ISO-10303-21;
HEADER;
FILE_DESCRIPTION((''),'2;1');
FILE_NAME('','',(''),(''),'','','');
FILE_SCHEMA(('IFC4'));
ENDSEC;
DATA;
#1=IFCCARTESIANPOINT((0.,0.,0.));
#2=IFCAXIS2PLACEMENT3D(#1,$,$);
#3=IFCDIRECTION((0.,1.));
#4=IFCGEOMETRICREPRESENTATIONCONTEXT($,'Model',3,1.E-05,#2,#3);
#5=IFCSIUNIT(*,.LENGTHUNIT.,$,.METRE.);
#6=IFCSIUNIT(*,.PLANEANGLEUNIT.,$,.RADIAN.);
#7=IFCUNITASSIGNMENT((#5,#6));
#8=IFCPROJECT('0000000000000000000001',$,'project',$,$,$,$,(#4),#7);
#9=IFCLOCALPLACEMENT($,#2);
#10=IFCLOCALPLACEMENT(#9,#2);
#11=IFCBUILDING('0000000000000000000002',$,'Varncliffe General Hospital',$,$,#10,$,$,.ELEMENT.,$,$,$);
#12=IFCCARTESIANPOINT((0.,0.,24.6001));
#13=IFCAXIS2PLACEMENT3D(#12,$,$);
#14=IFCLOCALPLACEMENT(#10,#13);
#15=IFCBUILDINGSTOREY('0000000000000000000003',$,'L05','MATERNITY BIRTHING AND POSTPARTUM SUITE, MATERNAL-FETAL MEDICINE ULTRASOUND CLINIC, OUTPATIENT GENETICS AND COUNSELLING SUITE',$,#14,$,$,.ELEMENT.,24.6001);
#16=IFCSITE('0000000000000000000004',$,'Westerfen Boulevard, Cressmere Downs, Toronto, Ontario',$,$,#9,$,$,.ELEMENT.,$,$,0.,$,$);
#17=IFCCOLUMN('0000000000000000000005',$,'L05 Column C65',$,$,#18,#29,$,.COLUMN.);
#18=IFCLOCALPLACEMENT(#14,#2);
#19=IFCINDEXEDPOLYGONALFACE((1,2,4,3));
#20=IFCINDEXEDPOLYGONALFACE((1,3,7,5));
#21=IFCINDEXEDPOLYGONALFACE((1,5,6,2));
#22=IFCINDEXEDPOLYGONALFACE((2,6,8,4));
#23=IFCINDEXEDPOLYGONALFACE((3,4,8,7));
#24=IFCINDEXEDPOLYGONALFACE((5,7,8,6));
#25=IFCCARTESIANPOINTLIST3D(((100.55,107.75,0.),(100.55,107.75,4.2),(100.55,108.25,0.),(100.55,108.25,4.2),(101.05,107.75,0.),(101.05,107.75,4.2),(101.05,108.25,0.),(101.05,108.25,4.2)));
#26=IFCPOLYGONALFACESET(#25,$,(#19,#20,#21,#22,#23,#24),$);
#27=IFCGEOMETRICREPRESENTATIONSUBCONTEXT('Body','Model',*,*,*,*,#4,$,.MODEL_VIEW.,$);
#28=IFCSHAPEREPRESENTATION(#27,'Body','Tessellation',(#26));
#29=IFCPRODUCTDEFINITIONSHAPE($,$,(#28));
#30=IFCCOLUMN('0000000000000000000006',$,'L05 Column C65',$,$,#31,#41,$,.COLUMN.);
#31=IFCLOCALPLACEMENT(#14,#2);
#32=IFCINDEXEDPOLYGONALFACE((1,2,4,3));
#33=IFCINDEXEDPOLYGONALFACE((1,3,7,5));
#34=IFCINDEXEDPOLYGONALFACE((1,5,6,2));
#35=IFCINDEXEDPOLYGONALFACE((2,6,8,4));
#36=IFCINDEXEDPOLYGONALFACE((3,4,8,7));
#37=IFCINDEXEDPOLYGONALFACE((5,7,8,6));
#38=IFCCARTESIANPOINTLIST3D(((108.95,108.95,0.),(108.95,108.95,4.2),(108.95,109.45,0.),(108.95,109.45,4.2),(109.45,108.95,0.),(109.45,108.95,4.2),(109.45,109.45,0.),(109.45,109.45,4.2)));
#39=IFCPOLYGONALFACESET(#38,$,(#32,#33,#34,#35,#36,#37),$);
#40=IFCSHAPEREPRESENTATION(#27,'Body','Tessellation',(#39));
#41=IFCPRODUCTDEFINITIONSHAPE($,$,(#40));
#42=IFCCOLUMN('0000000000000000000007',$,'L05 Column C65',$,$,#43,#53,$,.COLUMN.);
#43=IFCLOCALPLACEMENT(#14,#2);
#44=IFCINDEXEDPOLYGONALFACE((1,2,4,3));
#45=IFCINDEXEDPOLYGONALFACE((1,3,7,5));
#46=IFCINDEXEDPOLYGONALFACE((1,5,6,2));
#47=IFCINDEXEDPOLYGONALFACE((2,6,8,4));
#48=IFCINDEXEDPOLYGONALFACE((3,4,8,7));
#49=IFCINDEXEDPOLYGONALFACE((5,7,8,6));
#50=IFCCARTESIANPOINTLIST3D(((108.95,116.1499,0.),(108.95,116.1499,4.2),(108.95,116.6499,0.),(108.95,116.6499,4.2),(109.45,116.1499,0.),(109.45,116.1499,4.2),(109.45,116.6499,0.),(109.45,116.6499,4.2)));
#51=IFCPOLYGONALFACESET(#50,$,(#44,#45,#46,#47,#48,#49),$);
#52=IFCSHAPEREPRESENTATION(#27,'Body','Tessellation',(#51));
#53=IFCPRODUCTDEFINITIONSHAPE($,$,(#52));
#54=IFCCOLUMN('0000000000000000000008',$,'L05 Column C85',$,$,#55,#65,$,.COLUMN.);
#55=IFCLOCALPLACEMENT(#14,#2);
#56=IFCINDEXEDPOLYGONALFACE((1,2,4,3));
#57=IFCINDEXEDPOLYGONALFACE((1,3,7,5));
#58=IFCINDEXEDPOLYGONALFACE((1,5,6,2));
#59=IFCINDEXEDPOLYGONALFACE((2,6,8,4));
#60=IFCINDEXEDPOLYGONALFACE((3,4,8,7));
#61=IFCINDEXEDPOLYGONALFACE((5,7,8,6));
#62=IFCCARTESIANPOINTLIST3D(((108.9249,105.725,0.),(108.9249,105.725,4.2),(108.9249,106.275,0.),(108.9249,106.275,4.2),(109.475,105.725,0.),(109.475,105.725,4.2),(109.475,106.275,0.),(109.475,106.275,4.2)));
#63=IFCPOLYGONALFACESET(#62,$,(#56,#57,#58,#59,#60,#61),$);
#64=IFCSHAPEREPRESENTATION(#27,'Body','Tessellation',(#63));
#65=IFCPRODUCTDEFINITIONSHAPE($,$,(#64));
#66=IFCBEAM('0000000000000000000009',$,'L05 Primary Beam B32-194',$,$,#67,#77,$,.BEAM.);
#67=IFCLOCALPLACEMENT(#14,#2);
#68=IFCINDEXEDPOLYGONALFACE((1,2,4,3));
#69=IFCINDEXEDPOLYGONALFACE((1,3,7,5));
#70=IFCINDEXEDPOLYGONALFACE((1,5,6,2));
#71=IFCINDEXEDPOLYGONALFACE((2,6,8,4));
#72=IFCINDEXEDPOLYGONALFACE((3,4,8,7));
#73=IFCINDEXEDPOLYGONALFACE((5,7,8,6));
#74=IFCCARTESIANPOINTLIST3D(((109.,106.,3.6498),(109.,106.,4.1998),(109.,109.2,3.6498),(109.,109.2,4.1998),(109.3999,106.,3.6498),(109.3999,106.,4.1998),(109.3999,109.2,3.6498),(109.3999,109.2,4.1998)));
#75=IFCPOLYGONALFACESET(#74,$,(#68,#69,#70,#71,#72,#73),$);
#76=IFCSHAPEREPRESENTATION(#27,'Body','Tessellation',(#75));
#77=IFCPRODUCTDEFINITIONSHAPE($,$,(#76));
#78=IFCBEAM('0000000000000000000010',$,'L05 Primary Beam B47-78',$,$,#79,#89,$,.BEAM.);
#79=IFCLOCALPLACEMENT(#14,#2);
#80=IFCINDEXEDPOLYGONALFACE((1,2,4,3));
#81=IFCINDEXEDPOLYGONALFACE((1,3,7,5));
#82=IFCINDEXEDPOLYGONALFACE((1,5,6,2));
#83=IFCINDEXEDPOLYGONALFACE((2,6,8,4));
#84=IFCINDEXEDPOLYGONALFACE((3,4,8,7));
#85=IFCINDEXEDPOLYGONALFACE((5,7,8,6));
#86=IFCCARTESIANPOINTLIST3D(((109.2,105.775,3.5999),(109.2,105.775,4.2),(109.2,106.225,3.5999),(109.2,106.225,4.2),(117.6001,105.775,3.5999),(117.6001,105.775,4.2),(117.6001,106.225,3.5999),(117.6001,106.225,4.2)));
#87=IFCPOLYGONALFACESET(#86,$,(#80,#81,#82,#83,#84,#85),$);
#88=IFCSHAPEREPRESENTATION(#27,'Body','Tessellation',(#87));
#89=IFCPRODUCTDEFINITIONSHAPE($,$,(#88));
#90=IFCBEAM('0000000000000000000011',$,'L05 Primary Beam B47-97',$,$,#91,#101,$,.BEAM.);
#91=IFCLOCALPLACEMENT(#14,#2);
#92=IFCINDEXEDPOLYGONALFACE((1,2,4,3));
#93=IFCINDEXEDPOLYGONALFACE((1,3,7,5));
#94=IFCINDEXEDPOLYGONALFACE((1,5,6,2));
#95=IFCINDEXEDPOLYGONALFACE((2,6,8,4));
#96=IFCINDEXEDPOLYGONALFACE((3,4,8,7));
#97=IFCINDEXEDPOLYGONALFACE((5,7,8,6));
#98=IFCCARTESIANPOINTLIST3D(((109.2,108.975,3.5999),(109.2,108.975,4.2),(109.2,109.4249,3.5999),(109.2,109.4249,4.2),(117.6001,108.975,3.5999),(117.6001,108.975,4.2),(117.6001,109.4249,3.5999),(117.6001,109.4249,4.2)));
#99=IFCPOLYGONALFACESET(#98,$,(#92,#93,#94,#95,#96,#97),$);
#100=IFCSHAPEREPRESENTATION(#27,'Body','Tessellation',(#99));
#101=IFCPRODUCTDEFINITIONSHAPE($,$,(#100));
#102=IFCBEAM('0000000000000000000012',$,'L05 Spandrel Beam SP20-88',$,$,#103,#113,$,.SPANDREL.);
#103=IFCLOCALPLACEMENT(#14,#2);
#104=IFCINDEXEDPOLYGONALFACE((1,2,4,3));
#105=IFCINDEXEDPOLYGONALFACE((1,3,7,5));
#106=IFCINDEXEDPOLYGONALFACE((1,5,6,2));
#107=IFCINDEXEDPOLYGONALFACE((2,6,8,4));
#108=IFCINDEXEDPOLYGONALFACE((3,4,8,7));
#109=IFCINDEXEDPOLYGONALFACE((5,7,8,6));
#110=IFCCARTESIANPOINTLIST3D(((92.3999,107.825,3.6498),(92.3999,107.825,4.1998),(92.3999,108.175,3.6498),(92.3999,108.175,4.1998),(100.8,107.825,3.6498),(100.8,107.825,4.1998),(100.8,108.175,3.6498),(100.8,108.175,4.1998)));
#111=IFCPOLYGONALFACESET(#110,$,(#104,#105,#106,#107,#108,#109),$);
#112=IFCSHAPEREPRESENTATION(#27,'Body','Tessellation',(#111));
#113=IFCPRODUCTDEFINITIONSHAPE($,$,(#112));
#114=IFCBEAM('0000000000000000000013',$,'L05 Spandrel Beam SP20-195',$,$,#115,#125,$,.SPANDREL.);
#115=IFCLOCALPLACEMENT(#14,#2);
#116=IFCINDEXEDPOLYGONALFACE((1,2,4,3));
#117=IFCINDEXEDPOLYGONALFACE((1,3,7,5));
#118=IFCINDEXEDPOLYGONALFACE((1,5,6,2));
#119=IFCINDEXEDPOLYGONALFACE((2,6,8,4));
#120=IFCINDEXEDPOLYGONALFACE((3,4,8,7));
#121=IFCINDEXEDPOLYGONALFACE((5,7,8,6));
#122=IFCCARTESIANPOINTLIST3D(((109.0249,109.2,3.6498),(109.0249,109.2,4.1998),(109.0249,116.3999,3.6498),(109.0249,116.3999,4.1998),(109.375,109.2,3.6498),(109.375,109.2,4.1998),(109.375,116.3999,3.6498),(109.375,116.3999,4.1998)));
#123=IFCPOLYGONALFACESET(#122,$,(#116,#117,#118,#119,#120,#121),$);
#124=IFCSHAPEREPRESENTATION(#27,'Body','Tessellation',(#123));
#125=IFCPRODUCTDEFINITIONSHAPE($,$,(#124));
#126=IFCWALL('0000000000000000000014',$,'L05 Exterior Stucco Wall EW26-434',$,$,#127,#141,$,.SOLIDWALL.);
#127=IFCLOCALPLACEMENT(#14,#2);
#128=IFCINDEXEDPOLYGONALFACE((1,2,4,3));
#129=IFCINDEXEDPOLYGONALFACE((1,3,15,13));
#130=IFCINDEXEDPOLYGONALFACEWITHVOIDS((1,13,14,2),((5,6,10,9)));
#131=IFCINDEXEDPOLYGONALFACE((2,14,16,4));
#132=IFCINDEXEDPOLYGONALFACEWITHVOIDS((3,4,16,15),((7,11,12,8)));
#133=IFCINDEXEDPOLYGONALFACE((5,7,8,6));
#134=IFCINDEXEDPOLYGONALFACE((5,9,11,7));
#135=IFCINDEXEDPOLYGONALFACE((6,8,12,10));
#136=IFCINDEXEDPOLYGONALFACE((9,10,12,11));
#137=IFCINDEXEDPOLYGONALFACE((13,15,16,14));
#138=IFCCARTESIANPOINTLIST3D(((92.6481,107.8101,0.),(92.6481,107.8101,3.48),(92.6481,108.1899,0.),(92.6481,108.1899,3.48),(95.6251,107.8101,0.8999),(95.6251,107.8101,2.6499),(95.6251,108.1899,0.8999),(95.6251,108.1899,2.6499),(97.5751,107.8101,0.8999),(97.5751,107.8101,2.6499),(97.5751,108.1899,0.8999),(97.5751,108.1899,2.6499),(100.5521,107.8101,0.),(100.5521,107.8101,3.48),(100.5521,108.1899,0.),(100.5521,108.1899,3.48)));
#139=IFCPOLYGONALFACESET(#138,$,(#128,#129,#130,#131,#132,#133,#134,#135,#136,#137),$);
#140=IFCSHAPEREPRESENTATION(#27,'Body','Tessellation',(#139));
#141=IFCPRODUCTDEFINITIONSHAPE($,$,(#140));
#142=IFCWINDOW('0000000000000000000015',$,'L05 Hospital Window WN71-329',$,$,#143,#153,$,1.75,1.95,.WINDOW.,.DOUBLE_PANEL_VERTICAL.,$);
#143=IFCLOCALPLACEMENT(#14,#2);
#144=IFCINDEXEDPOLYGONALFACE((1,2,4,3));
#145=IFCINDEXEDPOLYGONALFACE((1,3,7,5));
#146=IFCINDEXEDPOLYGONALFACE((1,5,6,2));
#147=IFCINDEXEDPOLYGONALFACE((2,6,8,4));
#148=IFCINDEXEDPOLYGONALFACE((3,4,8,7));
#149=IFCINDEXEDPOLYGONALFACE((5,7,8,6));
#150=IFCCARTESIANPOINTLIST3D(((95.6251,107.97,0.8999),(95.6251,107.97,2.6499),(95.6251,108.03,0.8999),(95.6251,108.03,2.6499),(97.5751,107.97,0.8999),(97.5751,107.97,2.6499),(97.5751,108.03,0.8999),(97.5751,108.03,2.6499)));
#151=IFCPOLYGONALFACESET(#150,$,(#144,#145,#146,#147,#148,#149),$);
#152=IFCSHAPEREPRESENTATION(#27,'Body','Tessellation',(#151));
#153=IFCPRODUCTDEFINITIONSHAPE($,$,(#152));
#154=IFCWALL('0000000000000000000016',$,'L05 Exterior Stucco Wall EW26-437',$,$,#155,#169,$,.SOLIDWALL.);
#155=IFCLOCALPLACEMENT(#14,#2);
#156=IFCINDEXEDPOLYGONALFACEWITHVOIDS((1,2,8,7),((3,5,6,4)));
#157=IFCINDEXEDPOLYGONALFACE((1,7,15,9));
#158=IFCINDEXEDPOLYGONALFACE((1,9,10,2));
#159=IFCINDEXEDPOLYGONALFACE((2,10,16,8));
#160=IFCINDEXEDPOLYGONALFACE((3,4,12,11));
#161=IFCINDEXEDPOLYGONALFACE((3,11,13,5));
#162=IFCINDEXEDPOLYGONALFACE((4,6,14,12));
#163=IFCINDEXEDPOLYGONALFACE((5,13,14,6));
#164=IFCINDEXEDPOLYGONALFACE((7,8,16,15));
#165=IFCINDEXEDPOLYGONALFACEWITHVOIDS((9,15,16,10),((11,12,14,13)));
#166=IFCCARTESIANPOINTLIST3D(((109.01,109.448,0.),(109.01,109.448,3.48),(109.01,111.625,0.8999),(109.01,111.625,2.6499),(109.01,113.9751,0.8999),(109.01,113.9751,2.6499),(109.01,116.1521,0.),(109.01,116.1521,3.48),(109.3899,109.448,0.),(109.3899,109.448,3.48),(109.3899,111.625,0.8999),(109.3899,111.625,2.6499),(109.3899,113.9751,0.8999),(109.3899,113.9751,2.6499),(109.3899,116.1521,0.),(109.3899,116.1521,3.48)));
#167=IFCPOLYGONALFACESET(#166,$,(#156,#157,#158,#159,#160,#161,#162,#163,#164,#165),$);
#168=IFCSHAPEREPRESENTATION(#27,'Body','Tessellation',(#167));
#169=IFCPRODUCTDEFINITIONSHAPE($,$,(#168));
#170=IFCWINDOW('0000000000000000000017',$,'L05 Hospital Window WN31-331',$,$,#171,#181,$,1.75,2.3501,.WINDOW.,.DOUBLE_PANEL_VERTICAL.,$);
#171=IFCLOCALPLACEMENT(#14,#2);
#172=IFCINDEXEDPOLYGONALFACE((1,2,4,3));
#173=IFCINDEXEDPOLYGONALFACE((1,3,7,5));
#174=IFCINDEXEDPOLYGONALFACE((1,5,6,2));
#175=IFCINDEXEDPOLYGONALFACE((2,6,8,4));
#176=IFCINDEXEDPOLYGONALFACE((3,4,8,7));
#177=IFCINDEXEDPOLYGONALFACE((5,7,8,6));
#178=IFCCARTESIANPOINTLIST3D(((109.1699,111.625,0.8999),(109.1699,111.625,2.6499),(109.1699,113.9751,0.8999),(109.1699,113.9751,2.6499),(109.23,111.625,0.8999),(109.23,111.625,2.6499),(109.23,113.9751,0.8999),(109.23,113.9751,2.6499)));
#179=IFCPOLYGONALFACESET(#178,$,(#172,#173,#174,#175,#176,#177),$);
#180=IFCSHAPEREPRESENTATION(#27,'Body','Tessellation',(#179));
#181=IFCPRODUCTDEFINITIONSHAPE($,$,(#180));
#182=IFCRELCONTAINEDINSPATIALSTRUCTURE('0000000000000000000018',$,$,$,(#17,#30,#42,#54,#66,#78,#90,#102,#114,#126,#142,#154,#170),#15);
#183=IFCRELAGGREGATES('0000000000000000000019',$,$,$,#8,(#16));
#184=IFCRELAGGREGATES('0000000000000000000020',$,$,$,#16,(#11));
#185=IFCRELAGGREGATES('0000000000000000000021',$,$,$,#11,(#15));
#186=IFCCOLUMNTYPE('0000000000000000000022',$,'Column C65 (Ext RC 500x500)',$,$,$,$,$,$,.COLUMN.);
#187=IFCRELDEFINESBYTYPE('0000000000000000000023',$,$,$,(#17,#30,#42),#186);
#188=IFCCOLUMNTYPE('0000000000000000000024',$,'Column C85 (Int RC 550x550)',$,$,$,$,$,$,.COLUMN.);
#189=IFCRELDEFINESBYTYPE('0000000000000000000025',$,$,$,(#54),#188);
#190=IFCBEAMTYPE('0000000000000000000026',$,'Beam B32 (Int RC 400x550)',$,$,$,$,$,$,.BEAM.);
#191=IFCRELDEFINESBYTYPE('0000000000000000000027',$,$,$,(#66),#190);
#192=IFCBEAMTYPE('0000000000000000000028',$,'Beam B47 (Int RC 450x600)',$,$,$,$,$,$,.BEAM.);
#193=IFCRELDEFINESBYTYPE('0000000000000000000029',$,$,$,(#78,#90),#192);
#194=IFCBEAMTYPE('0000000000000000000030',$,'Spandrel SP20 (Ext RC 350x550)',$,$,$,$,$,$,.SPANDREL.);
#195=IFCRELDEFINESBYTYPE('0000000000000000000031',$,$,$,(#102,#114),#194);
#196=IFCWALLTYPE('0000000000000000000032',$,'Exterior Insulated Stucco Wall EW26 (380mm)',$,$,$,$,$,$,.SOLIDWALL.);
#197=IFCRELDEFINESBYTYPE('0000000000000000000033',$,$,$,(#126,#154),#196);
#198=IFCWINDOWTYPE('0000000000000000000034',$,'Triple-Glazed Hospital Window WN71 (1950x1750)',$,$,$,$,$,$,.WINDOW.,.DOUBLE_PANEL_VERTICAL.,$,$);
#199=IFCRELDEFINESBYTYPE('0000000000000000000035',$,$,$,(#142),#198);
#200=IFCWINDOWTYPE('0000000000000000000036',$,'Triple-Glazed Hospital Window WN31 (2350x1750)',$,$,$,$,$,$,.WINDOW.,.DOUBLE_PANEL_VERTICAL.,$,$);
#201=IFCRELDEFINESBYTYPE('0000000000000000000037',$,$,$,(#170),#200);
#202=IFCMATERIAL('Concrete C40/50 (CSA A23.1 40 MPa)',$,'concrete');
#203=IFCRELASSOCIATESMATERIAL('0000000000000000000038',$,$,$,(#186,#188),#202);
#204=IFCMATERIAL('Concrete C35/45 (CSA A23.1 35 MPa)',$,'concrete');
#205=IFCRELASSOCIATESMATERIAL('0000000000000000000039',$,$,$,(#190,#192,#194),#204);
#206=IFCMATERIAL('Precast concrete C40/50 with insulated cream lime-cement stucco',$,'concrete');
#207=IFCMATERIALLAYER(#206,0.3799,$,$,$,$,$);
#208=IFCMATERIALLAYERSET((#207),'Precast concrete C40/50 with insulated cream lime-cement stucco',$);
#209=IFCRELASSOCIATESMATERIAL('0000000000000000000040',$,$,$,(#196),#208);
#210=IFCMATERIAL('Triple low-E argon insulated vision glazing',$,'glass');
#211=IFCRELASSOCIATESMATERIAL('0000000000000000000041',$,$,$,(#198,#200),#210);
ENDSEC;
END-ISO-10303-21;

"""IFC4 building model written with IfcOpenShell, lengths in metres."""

from ifc_helpers import new_model, si_unit, direction, frame, frame_2d, origin, origin_2d, place, context, subcontext, project, spatial, rectangle, extrude, material, layer, layer_set, material_profile, profile_set, type_object, element, fill, save


model = new_model("IFC4")

# Units and contexts
model_context = context("Model", 3, precision=1e-05, world=origin(), true_north=direction((0.0, 1.0)))
body_context = subcontext(model_context, "Body", "Model", "MODEL_VIEW")
ifc_project = project(units=[si_unit("LENGTHUNIT", "METRE"), si_unit("PLANEANGLEUNIT", "RADIAN")], contexts=[model_context])

# Site, building, storey
site_placement = place(None, origin())
site = spatial("IfcSite", under=ifc_project, at=site_placement, Name="Westerfen Boulevard, Cressmere Downs, Toronto, Ontario", CompositionType="ELEMENT", RefElevation=0.0)
building_placement = place(site_placement, origin())
building = spatial("IfcBuilding", under=site, at=building_placement, Name="Varncliffe General Hospital", CompositionType="ELEMENT")
storey_placement = place(building_placement, frame((0.0, 0.0, 24.6001)))
storey = spatial("IfcBuildingStorey", under=building, at=storey_placement, Name="L05", Description="MATERNITY BIRTHING AND POSTPARTUM SUITE, MATERNAL-FETAL MEDICINE ULTRASOUND CLINIC, OUTPATIENT GENETICS AND COUNSELLING SUITE", CompositionType="ELEMENT", Elevation=24.6001)

# Columns
ifc_material_1 = material(Name="Concrete C40/50 (CSA A23.1 40 MPa)", Category="concrete")
ifc_material_profile_1 = material_profile(ifc_material_1, rectangle(XDim=0.5, YDim=0.5, at=origin_2d()), Name="RC 500x500")
ifc_profile_set_1 = profile_set([ifc_material_profile_1], Name="Concrete C40/50 (CSA A23.1 40 MPa)")
column_type_1 = type_object("IfcColumnType", Name="Column C65 (Ext RC 500x500)", PredefinedType="COLUMN", material=ifc_profile_set_1)
for number, where, z_axis, x_axis, name in (
    (1, (100.8, 108.0, 0.0), (0.0, 0.0, 1.0), (1.0, 0.0, 0.0), "L05 Column C65"),
    (2, (109.2, 109.2, 0.0), (0.0, 0.0, 1.0), (1.0, 0.0, 0.0), "L05 Column C65"),
    (3, (109.2, 116.3999, 0.0), (0.0, 0.0, 1.0), (1.0, 0.0, 0.0), "L05 Column C65"),
):
    element("IfcColumn", number, at=place(storey_placement, frame(where, z_axis=z_axis, x_axis=x_axis)), inside=storey, type_object=column_type_1, Name=name, PredefinedType="COLUMN", context=body_context, shape_type="SweptSolid", body=[
        extrude(rectangle(XDim=0.5, YDim=0.5, at=origin_2d()), origin(), (0.0, 0.0, 1.0), 4.2),
    ])
ifc_material_profile_2 = material_profile(ifc_material_1, rectangle(XDim=0.55, YDim=0.55, at=origin_2d()), Name="RC 550x550")
ifc_profile_set_2 = profile_set([ifc_material_profile_2], Name="Concrete C40/50 (CSA A23.1 40 MPa)")
column_type_2 = type_object("IfcColumnType", Name="Column C85 (Int RC 550x550)", PredefinedType="COLUMN", material=ifc_profile_set_2)
column_placement = place(storey_placement, frame((109.2, 106.0, 0.0), z_axis=(0.0, 0.0, 1.0), x_axis=(1.0, 0.0, 0.0)))
element("IfcColumn", 4, at=column_placement, inside=storey, type_object=column_type_2, Name="L05 Column C85", PredefinedType="COLUMN", context=body_context, shape_type="SweptSolid", body=[
    extrude(rectangle(XDim=0.55, YDim=0.55, at=origin_2d()), origin(), (0.0, 0.0, 1.0), 4.2),
])

# Beams
ifc_material_2 = material(Name="Concrete C35/45 (CSA A23.1 35 MPa)", Category="concrete")
ifc_material_profile_3 = material_profile(ifc_material_2, rectangle(XDim=0.3999, YDim=0.55, at=origin_2d()), Name="RC 400x550")
ifc_profile_set_3 = profile_set([ifc_material_profile_3], Name="Concrete C35/45 (CSA A23.1 35 MPa)")
beam_type_1 = type_object("IfcBeamType", Name="Beam B32 (Int RC 400x550)", PredefinedType="BEAM", material=ifc_profile_set_3)
beam_1_placement = place(storey_placement, frame((109.2, 106.0, 3.9248), z_axis=(0.0, 1.0, 0.0), x_axis=(-1.0, 0.0, 0.0)))
element("IfcBeam", 5, at=beam_1_placement, inside=storey, type_object=beam_type_1, Name="L05 Primary Beam B32-194", PredefinedType="BEAM", context=body_context, shape_type="SweptSolid", body=[
    extrude(rectangle(XDim=0.3999, YDim=0.55, at=origin_2d()), origin(), (0.0, 0.0, 1.0), 3.2),
])
ifc_material_profile_4 = material_profile(ifc_material_2, rectangle(XDim=0.45, YDim=0.6001, at=origin_2d()), Name="RC 450x600")
ifc_profile_set_4 = profile_set([ifc_material_profile_4], Name="Concrete C35/45 (CSA A23.1 35 MPa)")
beam_type_2 = type_object("IfcBeamType", Name="Beam B47 (Int RC 450x600)", PredefinedType="BEAM", material=ifc_profile_set_4)
for number, where, z_axis, x_axis, name in (
    (6, (109.2, 106.0, 3.8999), (1.0, 0.0, 0.0), (0.0, 1.0, 0.0), "L05 Primary Beam B47-78"),
    (7, (109.2, 109.2, 3.8999), (1.0, 0.0, 0.0), (0.0, 1.0, 0.0), "L05 Primary Beam B47-97"),
):
    element("IfcBeam", number, at=place(storey_placement, frame(where, z_axis=z_axis, x_axis=x_axis)), inside=storey, type_object=beam_type_2, Name=name, PredefinedType="BEAM", context=body_context, shape_type="SweptSolid", body=[
        extrude(rectangle(XDim=0.45, YDim=0.6001, at=origin_2d()), origin(), (0.0, 0.0, 1.0), 8.4001),
    ])
ifc_material_profile_5 = material_profile(ifc_material_2, rectangle(XDim=0.3501, YDim=0.55, at=origin_2d()), Name="RC 350x550")
ifc_profile_set_5 = profile_set([ifc_material_profile_5], Name="Concrete C35/45 (CSA A23.1 35 MPa)")
beam_type_3 = type_object("IfcBeamType", Name="Spandrel SP20 (Ext RC 350x550)", PredefinedType="SPANDREL", material=ifc_profile_set_5)
beam_2_placement = place(storey_placement, frame((92.3999, 108.0, 3.9248), z_axis=(1.0, 0.0, 0.0), x_axis=(0.0, 1.0, 0.0)))
element("IfcBeam", 8, at=beam_2_placement, inside=storey, type_object=beam_type_3, Name="L05 Spandrel Beam SP20-88", PredefinedType="SPANDREL", context=body_context, shape_type="SweptSolid", body=[
    extrude(rectangle(XDim=0.3501, YDim=0.55, at=origin_2d()), origin(), (0.0, 0.0, 1.0), 8.4001),
])
beam_3_placement = place(storey_placement, frame((109.2, 109.2, 3.9248), z_axis=(0.0, 1.0, 0.0), x_axis=(-1.0, 0.0, 0.0)))
element("IfcBeam", 9, at=beam_3_placement, inside=storey, type_object=beam_type_3, Name="L05 Spandrel Beam SP20-195", PredefinedType="SPANDREL", context=body_context, shape_type="SweptSolid", body=[
    extrude(rectangle(XDim=0.3501, YDim=0.55, at=origin_2d()), origin(), (0.0, 0.0, 1.0), 7.2),
])

# Walls, openings, windows
ifc_material_3 = material(Name="Precast concrete C40/50 with insulated cream lime-cement stucco", Category="concrete")
ifc_layer_1 = layer(ifc_material_3, 0.3799)
ifc_layer_set_1 = layer_set([ifc_layer_1], Name="Precast concrete C40/50 with insulated cream lime-cement stucco")
wall_type_1 = type_object("IfcWallType", Name="Exterior Insulated Stucco Wall EW26 (380mm)", PredefinedType="SOLIDWALL", material=ifc_layer_set_1)
wall_1_placement = place(storey_placement, frame((92.6479, 108.0, 0.0), z_axis=(0.0, 0.0, 1.0), x_axis=(1.0, 0.0, 0.0)))
wall_1 = element("IfcWall", 10, at=wall_1_placement, inside=storey, type_object=wall_type_1, Name="L05 Exterior Stucco Wall EW26-434", PredefinedType="SOLIDWALL", context=body_context, shape_type="SweptSolid", body=[
    extrude(rectangle(XDim=7.9041, YDim=0.3799, at=frame_2d((3.9521, 0.0))), origin(), (0.0, 0.0, 1.0), 3.48),
])
opening_1_placement = place(wall_1_placement, frame((2.9771, 0.0, 0.8999)))
opening_1 = element("IfcOpeningElement", 11, at=opening_1_placement, cuts=wall_1, PredefinedType="OPENING", context=body_context, shape_type="SweptSolid", body=[
    extrude(rectangle(XDim=1.95, YDim=1.75, at=frame_2d((0.9751, 0.875))), frame((0.0, 0.2, 0.0), z_axis=(0.0, -1.0, 0.0), x_axis=(1.0, 0.0, 0.0)), (0.0, 0.0, 1.0), 0.3999),
])
ifc_material_4 = material(Name="Triple low-E argon insulated vision glazing", Category="glass")
window_type_1 = type_object("IfcWindowType", Name="Triple-Glazed Hospital Window WN71 (1950x1750)", PartitioningType="DOUBLE_PANEL_VERTICAL", PredefinedType="WINDOW", material=ifc_material_4)
window_1_placement = place(opening_1_placement, origin())
window_1 = element("IfcWindow", 12, at=window_1_placement, inside=storey, type_object=window_type_1, Name="L05 Hospital Window WN71-329", OverallHeight=1.75, OverallWidth=1.95, PartitioningType="DOUBLE_PANEL_VERTICAL", PredefinedType="WINDOW", context=body_context, shape_type="SweptSolid", body=[
    extrude(rectangle(XDim=1.95, YDim=1.75, at=frame_2d((0.9751, 0.875))), frame((0.0, 0.03, 0.0), z_axis=(0.0, -1.0, 0.0), x_axis=(1.0, 0.0, 0.0)), (0.0, 0.0, 1.0), 0.0601),
])
fill(opening_1, window_1)
wall_2_placement = place(storey_placement, frame((109.2, 109.448, 0.0), z_axis=(0.0, 0.0, 1.0), x_axis=(0.0, 1.0, 0.0)))
wall_2 = element("IfcWall", 13, at=wall_2_placement, inside=storey, type_object=wall_type_1, Name="L05 Exterior Stucco Wall EW26-437", PredefinedType="SOLIDWALL", context=body_context, shape_type="SweptSolid", body=[
    extrude(rectangle(XDim=6.7041, YDim=0.3799, at=frame_2d((3.3521, 0.0))), origin(), (0.0, 0.0, 1.0), 3.48),
])
opening_2_placement = place(wall_2_placement, frame((2.177, 0.0, 0.8999)))
opening_2 = element("IfcOpeningElement", 14, at=opening_2_placement, cuts=wall_2, PredefinedType="OPENING", context=body_context, shape_type="SweptSolid", body=[
    extrude(rectangle(XDim=2.3501, YDim=1.75, at=frame_2d((1.175, 0.875))), frame((0.0, 0.2, 0.0), z_axis=(0.0, -1.0, 0.0), x_axis=(1.0, 0.0, 0.0)), (0.0, 0.0, 1.0), 0.3999),
])
window_type_2 = type_object("IfcWindowType", Name="Triple-Glazed Hospital Window WN31 (2350x1750)", PartitioningType="DOUBLE_PANEL_VERTICAL", PredefinedType="WINDOW", material=ifc_material_4)
window_2_placement = place(opening_2_placement, origin())
window_2 = element("IfcWindow", 15, at=window_2_placement, inside=storey, type_object=window_type_2, Name="L05 Hospital Window WN31-331", OverallHeight=1.75, OverallWidth=2.3501, PartitioningType="DOUBLE_PANEL_VERTICAL", PredefinedType="WINDOW", context=body_context, shape_type="SweptSolid", body=[
    extrude(rectangle(XDim=2.3501, YDim=1.75, at=frame_2d((1.175, 0.875))), frame((0.0, 0.03, 0.0), z_axis=(0.0, -1.0, 0.0), x_axis=(1.0, 0.0, 0.0)), (0.0, 0.0, 1.0), 0.0601),
])
fill(opening_2, window_2)

save(model, "model.ifc")
